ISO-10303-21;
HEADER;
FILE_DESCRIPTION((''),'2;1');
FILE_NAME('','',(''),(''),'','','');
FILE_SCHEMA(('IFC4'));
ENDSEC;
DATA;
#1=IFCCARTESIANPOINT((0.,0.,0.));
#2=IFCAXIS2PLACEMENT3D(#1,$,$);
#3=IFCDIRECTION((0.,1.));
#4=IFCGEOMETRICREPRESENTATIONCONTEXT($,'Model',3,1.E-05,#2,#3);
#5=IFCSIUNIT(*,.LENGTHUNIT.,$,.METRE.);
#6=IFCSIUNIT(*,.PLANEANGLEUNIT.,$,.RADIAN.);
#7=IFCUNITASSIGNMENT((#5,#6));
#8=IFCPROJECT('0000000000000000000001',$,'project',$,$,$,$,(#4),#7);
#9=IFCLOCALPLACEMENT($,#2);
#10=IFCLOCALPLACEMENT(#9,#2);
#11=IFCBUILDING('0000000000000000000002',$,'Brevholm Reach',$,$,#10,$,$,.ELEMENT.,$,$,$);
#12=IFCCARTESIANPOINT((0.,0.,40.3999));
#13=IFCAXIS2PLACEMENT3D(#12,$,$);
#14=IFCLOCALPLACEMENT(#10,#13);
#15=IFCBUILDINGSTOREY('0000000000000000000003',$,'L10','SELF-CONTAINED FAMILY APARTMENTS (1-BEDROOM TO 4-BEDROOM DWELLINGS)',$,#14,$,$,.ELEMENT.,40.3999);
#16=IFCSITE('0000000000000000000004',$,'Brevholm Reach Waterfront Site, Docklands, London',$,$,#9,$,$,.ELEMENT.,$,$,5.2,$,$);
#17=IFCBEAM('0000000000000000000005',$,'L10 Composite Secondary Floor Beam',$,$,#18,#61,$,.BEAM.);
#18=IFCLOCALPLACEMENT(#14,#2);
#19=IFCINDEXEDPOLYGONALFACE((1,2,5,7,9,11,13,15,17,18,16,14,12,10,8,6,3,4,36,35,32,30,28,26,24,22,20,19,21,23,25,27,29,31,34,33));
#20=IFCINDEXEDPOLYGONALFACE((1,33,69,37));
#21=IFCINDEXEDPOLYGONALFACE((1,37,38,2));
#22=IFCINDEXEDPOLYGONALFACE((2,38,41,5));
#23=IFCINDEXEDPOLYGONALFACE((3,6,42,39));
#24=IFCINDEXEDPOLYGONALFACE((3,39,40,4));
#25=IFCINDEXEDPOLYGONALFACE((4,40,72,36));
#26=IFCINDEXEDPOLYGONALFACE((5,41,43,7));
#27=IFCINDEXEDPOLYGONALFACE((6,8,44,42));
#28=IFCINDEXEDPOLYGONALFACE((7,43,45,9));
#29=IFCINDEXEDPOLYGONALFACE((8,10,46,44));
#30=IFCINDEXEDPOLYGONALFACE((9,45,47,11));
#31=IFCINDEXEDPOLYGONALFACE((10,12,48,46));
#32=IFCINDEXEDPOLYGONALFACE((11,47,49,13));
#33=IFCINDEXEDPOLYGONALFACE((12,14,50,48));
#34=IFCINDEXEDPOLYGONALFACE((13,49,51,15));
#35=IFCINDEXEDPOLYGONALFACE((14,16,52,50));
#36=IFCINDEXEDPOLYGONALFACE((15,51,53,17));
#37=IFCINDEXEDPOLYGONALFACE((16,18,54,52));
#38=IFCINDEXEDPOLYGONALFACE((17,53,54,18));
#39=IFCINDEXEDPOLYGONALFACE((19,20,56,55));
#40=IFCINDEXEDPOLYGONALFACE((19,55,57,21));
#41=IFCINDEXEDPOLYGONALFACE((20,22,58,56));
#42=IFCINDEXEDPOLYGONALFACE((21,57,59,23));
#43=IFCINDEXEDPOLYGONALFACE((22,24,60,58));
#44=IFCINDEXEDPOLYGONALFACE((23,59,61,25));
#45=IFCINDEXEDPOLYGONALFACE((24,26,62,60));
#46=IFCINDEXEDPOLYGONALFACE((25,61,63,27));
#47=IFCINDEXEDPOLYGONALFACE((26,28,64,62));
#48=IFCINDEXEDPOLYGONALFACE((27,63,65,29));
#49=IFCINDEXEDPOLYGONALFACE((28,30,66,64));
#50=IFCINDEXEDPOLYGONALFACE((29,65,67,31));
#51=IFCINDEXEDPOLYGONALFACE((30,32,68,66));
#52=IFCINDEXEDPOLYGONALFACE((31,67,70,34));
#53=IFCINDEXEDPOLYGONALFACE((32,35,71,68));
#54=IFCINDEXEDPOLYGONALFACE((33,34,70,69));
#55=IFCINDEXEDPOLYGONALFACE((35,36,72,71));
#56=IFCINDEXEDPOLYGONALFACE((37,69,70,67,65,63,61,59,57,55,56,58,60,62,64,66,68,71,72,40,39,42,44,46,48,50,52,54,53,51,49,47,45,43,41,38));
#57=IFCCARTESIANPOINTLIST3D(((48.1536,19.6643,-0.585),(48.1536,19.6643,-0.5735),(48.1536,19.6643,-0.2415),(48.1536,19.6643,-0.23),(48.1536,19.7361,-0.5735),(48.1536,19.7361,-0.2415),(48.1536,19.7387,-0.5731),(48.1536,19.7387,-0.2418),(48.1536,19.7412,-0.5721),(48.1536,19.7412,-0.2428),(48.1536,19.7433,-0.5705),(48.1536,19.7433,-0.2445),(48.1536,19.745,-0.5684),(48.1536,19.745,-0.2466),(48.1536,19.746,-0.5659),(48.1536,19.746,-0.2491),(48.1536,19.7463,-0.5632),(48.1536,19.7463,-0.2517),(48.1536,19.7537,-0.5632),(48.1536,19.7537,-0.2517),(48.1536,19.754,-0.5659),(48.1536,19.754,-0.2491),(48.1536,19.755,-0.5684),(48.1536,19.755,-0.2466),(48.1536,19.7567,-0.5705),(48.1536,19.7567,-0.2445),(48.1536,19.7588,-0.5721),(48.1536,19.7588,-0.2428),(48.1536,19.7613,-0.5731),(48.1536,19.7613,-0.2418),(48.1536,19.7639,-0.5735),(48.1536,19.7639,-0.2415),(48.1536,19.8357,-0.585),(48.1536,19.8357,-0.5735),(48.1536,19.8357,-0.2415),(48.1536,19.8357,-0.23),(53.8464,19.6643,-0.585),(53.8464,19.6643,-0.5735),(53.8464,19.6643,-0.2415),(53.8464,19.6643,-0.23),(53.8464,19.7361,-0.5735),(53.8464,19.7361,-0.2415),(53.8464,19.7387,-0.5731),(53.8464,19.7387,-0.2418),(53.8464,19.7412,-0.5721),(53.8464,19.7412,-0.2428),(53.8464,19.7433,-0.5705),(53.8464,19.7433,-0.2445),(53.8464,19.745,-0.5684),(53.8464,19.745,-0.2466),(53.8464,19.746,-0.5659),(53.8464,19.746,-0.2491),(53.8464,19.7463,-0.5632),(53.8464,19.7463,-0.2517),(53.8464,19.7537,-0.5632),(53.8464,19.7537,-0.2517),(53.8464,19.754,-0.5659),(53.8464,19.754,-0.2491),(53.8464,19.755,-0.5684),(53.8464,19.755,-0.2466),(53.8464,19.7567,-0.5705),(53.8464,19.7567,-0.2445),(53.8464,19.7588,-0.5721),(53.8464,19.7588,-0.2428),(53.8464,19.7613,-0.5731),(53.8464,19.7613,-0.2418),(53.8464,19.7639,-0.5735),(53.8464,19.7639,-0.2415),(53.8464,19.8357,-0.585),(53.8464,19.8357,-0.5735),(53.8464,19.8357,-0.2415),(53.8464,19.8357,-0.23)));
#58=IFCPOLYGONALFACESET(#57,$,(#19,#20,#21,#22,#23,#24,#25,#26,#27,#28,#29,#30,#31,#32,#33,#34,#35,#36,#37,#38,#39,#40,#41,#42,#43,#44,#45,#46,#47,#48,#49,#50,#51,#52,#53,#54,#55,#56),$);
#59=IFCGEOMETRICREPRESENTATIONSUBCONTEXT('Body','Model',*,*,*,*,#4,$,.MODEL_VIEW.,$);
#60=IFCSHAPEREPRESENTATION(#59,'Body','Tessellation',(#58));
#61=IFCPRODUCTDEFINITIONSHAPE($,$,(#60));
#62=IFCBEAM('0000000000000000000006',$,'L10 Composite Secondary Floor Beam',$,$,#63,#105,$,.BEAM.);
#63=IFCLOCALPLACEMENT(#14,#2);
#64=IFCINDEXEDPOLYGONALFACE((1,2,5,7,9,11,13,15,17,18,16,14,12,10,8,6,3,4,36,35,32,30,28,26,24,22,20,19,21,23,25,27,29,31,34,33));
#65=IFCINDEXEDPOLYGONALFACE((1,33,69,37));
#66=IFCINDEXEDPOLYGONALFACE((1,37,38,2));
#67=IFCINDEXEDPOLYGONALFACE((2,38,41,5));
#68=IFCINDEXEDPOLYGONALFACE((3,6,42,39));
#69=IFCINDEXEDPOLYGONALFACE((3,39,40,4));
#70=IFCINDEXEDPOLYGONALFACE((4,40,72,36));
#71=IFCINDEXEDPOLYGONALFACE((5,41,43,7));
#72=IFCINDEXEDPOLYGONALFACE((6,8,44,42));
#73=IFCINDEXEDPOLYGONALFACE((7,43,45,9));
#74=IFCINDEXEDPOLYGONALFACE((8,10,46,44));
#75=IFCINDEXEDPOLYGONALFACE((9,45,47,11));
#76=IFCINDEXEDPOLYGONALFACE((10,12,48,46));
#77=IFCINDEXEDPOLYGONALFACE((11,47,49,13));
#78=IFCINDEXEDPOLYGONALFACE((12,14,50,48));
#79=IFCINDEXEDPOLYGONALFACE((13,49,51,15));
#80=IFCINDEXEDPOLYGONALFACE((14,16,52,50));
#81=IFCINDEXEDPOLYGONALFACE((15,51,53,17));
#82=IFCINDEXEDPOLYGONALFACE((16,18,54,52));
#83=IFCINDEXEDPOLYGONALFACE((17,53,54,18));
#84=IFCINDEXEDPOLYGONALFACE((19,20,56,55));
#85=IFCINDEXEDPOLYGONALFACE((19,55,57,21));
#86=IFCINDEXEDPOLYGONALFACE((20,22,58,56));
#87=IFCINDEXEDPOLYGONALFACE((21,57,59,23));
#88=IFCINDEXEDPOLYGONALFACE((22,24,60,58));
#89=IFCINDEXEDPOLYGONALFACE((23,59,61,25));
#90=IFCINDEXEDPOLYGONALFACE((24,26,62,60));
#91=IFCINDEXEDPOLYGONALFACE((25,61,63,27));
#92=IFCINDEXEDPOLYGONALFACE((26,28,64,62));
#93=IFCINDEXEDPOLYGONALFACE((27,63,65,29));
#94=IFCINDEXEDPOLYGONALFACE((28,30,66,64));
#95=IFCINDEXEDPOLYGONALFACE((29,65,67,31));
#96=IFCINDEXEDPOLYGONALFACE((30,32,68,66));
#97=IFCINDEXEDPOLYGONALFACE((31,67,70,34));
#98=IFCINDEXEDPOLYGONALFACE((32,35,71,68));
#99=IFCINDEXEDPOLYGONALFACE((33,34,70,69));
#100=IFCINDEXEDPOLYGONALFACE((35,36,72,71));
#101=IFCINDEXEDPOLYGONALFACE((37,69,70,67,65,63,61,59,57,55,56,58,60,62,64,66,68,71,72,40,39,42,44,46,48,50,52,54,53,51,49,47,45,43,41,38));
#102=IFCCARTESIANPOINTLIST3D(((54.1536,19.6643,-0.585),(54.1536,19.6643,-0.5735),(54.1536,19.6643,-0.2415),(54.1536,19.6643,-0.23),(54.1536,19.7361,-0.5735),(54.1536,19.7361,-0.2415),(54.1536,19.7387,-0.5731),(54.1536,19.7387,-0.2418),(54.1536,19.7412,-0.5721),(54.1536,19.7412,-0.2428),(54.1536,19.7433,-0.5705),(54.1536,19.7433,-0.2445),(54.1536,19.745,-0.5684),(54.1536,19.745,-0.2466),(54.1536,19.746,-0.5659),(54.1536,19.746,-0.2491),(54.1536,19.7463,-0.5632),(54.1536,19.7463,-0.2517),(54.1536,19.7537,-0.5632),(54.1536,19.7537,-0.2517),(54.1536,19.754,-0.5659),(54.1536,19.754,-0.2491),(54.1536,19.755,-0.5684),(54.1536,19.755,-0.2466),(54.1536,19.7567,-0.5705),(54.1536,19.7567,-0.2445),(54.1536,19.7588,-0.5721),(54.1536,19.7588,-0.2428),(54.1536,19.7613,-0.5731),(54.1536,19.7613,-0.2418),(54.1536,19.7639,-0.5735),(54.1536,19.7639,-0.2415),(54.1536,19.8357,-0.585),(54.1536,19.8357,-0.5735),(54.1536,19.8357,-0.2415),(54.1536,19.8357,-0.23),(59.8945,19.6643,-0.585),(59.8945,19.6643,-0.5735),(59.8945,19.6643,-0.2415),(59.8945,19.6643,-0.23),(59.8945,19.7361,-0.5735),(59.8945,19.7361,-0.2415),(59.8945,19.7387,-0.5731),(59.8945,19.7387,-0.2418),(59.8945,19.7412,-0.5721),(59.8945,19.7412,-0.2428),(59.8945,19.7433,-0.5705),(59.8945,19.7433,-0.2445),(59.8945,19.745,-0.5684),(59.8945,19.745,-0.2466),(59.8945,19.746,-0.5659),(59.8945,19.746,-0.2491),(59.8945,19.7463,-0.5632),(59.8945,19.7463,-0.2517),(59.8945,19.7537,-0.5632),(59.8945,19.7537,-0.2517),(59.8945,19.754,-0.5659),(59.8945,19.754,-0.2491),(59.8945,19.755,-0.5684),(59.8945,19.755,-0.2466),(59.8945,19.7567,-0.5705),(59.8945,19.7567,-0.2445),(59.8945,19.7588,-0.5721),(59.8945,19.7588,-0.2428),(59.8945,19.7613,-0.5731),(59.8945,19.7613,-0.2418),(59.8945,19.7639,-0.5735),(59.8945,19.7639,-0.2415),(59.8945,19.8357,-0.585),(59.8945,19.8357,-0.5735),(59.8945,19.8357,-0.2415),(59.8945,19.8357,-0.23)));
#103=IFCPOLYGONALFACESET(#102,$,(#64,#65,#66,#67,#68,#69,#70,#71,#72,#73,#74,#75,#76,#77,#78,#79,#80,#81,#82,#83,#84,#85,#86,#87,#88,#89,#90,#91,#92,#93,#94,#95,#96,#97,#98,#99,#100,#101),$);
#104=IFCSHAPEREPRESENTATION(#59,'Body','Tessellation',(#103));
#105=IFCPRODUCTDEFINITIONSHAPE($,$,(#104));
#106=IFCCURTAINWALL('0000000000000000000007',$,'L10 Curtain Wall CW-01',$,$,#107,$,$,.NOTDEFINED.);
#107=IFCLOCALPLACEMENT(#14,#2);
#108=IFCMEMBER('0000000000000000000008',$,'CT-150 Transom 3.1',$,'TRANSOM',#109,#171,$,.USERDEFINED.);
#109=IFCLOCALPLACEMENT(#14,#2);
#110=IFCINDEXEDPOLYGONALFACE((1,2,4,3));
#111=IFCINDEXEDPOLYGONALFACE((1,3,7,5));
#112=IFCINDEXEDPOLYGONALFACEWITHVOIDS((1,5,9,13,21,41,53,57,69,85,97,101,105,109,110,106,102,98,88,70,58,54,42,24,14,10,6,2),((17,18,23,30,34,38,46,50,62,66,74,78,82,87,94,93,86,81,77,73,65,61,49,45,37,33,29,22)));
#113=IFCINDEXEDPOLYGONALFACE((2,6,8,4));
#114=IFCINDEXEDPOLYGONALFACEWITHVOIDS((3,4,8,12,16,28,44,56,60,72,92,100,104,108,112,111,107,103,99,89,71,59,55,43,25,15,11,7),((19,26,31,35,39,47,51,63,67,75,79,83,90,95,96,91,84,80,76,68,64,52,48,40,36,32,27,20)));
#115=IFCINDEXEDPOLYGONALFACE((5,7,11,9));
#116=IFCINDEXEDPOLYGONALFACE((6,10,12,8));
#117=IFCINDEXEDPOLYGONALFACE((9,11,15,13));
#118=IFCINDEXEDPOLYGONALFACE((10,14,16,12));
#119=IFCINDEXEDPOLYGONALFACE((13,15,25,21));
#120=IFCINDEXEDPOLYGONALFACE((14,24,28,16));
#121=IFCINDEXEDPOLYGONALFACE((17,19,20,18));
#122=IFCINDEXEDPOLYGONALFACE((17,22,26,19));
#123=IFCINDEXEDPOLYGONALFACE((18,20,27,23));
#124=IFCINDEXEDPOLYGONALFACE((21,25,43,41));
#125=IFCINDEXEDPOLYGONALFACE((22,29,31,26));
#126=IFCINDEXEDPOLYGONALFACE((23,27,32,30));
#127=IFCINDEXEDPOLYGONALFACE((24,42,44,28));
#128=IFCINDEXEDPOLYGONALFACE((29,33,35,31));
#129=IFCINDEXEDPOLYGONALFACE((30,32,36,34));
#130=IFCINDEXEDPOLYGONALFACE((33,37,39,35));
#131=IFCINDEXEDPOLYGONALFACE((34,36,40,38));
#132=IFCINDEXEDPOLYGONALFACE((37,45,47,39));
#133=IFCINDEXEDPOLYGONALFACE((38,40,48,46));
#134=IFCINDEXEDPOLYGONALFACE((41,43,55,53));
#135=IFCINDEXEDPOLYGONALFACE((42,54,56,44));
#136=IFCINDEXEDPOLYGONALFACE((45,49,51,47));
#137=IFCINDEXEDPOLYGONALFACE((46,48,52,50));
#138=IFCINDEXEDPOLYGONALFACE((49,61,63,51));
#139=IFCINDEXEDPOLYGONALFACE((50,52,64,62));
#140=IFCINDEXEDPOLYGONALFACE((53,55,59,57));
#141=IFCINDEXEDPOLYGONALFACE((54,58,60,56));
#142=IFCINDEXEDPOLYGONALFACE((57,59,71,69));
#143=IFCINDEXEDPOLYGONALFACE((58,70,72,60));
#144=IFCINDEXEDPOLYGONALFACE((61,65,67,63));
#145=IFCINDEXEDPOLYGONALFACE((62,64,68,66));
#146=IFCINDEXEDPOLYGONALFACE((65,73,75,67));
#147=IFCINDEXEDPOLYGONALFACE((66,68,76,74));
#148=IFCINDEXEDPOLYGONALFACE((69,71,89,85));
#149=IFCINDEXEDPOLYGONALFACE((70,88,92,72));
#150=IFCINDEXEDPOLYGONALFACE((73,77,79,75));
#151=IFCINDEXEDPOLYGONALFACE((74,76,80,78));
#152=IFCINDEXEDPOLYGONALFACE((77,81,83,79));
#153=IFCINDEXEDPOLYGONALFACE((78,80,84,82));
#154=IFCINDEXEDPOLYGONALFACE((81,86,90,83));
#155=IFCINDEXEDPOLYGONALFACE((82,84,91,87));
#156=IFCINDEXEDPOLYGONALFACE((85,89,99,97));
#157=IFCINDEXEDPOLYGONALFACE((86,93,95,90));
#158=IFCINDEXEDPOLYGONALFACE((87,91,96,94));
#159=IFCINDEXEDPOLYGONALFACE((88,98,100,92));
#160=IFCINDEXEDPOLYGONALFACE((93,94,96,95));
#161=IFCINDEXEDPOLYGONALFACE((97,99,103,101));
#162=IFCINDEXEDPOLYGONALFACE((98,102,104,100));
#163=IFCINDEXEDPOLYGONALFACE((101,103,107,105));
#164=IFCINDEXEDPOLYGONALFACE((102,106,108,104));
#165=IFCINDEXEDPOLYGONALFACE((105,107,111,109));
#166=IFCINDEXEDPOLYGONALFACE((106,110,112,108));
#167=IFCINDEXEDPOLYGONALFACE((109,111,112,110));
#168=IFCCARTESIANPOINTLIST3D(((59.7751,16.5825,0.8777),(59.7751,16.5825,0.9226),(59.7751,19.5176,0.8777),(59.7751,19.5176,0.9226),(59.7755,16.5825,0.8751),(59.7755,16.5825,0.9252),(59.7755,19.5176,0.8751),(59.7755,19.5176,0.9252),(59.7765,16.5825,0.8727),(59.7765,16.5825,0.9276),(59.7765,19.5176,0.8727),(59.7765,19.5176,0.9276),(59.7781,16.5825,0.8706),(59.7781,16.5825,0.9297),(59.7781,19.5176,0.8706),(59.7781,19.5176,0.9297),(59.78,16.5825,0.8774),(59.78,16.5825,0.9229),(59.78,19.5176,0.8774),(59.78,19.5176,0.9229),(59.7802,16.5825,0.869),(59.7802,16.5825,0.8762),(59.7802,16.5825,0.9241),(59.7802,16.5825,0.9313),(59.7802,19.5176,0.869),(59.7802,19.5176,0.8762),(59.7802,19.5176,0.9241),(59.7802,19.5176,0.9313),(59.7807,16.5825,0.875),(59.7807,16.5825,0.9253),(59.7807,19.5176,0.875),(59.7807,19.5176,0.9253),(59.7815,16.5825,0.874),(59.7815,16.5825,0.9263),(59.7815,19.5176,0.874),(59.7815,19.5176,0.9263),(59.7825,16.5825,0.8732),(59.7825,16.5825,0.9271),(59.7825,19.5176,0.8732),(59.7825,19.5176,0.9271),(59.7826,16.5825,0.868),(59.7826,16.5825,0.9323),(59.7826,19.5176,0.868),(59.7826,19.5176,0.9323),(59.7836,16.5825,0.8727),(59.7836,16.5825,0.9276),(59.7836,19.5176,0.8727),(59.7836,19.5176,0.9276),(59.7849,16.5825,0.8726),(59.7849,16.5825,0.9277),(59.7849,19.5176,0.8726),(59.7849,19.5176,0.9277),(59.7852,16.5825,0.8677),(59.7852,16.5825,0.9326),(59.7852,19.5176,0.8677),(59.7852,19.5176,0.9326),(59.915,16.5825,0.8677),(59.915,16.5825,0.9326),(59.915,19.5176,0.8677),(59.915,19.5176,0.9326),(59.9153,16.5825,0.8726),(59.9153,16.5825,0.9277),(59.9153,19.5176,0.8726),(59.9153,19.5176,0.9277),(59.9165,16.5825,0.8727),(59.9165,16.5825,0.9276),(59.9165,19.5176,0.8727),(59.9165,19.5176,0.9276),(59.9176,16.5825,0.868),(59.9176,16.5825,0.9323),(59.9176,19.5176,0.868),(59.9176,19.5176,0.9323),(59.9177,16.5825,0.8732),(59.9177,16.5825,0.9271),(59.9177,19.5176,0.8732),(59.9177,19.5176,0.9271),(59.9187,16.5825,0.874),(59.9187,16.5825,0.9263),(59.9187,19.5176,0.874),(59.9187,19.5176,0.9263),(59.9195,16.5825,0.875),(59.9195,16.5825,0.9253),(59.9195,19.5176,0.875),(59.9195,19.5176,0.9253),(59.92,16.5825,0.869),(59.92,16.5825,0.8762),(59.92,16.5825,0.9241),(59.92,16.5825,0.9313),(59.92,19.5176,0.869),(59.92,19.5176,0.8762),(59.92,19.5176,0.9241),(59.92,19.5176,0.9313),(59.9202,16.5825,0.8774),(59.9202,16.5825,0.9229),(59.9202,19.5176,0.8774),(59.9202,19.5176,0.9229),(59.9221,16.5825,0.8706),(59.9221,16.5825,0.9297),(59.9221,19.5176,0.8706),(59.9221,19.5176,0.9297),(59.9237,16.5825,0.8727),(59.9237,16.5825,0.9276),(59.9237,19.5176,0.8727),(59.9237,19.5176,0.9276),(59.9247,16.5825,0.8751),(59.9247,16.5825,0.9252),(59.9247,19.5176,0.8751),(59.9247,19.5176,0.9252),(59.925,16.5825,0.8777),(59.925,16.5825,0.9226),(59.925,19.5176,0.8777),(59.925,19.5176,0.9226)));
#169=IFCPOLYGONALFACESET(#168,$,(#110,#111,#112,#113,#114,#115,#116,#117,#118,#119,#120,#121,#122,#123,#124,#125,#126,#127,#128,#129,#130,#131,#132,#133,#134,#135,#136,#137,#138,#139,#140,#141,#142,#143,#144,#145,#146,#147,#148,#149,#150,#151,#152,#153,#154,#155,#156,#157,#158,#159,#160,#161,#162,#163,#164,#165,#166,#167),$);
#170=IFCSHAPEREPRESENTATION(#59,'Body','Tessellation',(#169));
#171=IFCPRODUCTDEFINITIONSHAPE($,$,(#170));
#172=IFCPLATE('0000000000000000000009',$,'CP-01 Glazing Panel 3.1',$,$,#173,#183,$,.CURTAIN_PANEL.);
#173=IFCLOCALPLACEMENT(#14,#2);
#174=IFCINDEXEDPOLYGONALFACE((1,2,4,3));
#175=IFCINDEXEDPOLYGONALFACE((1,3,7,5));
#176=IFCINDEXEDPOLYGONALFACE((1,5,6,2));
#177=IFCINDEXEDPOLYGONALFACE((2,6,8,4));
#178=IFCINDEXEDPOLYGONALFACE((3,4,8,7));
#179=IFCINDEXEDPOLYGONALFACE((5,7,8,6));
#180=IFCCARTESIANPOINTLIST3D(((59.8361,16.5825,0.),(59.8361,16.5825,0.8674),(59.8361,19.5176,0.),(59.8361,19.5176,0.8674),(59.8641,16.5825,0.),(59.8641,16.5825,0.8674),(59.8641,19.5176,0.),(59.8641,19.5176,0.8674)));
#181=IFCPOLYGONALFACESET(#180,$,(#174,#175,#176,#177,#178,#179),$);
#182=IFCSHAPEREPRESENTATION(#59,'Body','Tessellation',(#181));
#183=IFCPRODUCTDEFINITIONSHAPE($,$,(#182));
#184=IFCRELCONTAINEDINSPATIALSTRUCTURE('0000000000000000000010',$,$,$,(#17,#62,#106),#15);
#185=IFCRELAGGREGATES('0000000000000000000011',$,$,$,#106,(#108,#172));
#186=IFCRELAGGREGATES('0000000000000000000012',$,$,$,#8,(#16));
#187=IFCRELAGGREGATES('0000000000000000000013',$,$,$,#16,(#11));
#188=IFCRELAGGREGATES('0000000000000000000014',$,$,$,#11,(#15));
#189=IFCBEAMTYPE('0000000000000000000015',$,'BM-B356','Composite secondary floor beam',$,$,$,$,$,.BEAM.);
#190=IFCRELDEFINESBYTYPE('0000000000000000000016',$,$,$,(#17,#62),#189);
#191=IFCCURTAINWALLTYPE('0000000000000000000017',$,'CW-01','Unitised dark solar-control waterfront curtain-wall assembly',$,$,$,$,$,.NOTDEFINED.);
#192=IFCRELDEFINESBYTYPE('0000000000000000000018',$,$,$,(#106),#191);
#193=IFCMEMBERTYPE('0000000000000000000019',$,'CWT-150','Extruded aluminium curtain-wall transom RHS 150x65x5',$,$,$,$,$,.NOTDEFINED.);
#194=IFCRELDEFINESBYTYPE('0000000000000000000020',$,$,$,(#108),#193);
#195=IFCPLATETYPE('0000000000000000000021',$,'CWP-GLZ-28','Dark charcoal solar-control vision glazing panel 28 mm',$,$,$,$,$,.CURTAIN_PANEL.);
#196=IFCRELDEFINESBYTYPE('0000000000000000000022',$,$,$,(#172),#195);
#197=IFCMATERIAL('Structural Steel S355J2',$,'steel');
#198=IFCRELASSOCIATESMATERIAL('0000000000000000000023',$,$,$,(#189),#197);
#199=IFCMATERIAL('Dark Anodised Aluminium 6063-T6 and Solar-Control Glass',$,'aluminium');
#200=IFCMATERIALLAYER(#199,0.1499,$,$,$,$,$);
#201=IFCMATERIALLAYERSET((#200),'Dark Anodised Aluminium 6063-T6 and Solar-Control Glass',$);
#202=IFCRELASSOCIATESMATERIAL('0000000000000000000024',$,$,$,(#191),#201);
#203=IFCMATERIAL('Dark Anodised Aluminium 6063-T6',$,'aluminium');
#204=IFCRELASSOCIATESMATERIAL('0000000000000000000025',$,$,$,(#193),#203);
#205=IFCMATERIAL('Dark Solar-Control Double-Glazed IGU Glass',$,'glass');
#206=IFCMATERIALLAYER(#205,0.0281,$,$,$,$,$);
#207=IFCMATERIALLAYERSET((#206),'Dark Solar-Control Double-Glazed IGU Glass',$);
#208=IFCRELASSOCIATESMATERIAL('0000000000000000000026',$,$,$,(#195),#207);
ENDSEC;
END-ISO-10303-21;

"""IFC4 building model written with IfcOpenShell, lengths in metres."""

from ifc_helpers import new_model, si_unit, direction, frame, origin, origin_2d, place, context, subcontext, project, spatial, rectangle, hollow_rectangle, i_section, extrude, material, layer, layer_set, material_profile, profile_set, type_object, element, aggregate, save


model = new_model("IFC4")

# Units and contexts
model_context = context("Model", 3, precision=1e-05, world=origin(), true_north=direction((0.0, 1.0)))
body_context = subcontext(model_context, "Body", "Model", "MODEL_VIEW")
ifc_project = project(units=[si_unit("LENGTHUNIT", "METRE"), si_unit("PLANEANGLEUNIT", "RADIAN")], contexts=[model_context])

# Site, building, storey
site_placement = place(None, origin())
site = spatial("IfcSite", under=ifc_project, at=site_placement, Name="Brevholm Reach Waterfront Site, Docklands, London", CompositionType="ELEMENT", RefElevation=5.2)
building_placement = place(site_placement, origin())
building = spatial("IfcBuilding", under=site, at=building_placement, Name="Brevholm Reach", CompositionType="ELEMENT")
storey_placement = place(building_placement, frame((0.0, 0.0, 40.3999)))
storey = spatial("IfcBuildingStorey", under=building, at=storey_placement, Name="L10", Description="SELF-CONTAINED FAMILY APARTMENTS (1-BEDROOM TO 4-BEDROOM DWELLINGS)", CompositionType="ELEMENT", Elevation=40.3999)

# Beams
ifc_material_1 = material(Name="Structural Steel S355J2", Category="steel")
ifc_material_profile_1 = material_profile(ifc_material_1, i_section(OverallWidth=0.1714, OverallDepth=0.355, WebThickness=0.0073, FlangeThickness=0.0115, FilletRadius=0.0103, at=origin_2d()), Name="UKB 356x171x51")
ifc_profile_set_1 = profile_set([ifc_material_profile_1], Name="Structural Steel S355J2")
beam_type = type_object("IfcBeamType", Name="BM-B356", Description="Composite secondary floor beam", PredefinedType="BEAM", material=ifc_profile_set_1)
beam_1_placement = place(storey_placement, frame((48.1536, 19.75, -0.4075), z_axis=(1.0, 0.0, 0.0), x_axis=(0.0, 1.0, 0.0)))
element("IfcBeam", 1, at=beam_1_placement, inside=storey, type_object=beam_type, Name="L10 Composite Secondary Floor Beam", PredefinedType="BEAM", context=body_context, shape_type="SweptSolid", body=[
    extrude(i_section(OverallWidth=0.1714, OverallDepth=0.355, WebThickness=0.0073, FlangeThickness=0.0115, FilletRadius=0.0103, at=origin_2d()), origin(), (0.0, 0.0, 1.0), 5.6929),
])
beam_2_placement = place(storey_placement, frame((54.1536, 19.75, -0.4075), z_axis=(1.0, 0.0, 0.0), x_axis=(0.0, 1.0, 0.0)))
element("IfcBeam", 2, at=beam_2_placement, inside=storey, type_object=beam_type, Name="L10 Composite Secondary Floor Beam", PredefinedType="BEAM", context=body_context, shape_type="SweptSolid", body=[
    extrude(i_section(OverallWidth=0.1714, OverallDepth=0.355, WebThickness=0.0073, FlangeThickness=0.0115, FilletRadius=0.0103, at=origin_2d()), origin(), (0.0, 0.0, 1.0), 5.741),
])

# Curtain wall, member, plate
ifc_material_2 = material(Name="Dark Anodised Aluminium 6063-T6 and Solar-Control Glass", Category="aluminium")
ifc_layer_1 = layer(ifc_material_2, 0.1499)
ifc_layer_set_1 = layer_set([ifc_layer_1], Name="Dark Anodised Aluminium 6063-T6 and Solar-Control Glass")
curtain_wall_type = type_object("IfcCurtainWallType", Name="CW-01", Description="Unitised dark solar-control waterfront curtain-wall assembly", PredefinedType="NOTDEFINED", material=ifc_layer_set_1)
curtain_wall_placement = place(storey_placement, origin())
curtain_wall = element("IfcCurtainWall", 3, at=curtain_wall_placement, inside=storey, type_object=curtain_wall_type, Name="L10 Curtain Wall CW-01", PredefinedType="NOTDEFINED")
ifc_material_3 = material(Name="Dark Anodised Aluminium 6063-T6", Category="aluminium")
ifc_material_profile_2 = material_profile(ifc_material_3, hollow_rectangle(XDim=0.0649, YDim=0.1499, WallThickness=0.0049, InnerFilletRadius=0.0049, OuterFilletRadius=0.01, at=origin_2d()), Name="RHS 150x65x5")
ifc_profile_set_2 = profile_set([ifc_material_profile_2], Name="Dark Anodised Aluminium 6063-T6")
member_type = type_object("IfcMemberType", Name="CWT-150", Description="Extruded aluminium curtain-wall transom RHS 150x65x5", PredefinedType="NOTDEFINED", material=ifc_profile_set_2)
member_placement = place(storey_placement, frame((59.8501, 16.5825, 0.9001), z_axis=(0.0, 1.0, 0.0), x_axis=(0.0, 0.0, 1.0)))
member = element("IfcMember", 4, at=member_placement, type_object=member_type, Name="CT-150 Transom 3.1", ObjectType="TRANSOM", PredefinedType="USERDEFINED", context=body_context, shape_type="SweptSolid", body=[
    extrude(hollow_rectangle(XDim=0.0649, YDim=0.1499, WallThickness=0.0049, InnerFilletRadius=0.0049, OuterFilletRadius=0.01, at=origin_2d()), origin(), (0.0, 0.0, 1.0), 2.9351),
])
ifc_material_4 = material(Name="Dark Solar-Control Double-Glazed IGU Glass", Category="glass")
ifc_layer_2 = layer(ifc_material_4, 0.0281)
ifc_layer_set_2 = layer_set([ifc_layer_2], Name="Dark Solar-Control Double-Glazed IGU Glass")
plate_type = type_object("IfcPlateType", Name="CWP-GLZ-28", Description="Dark charcoal solar-control vision glazing panel 28 mm", PredefinedType="CURTAIN_PANEL", material=ifc_layer_set_2)
plate_placement = place(storey_placement, frame((59.8501, 18.05, 0.0), z_axis=(0.0, 0.0, 1.0), x_axis=(0.0, 1.0, 0.0)))
plate = element("IfcPlate", 5, at=plate_placement, type_object=plate_type, Name="CP-01 Glazing Panel 3.1", PredefinedType="CURTAIN_PANEL", context=body_context, shape_type="SweptSolid", body=[
    extrude(rectangle(XDim=2.9351, YDim=0.0281, at=origin_2d()), origin(), (0.0, 0.0, 1.0), 0.8674),
])
aggregate(curtain_wall, [member, plate])

save(model, "model.ifc")
